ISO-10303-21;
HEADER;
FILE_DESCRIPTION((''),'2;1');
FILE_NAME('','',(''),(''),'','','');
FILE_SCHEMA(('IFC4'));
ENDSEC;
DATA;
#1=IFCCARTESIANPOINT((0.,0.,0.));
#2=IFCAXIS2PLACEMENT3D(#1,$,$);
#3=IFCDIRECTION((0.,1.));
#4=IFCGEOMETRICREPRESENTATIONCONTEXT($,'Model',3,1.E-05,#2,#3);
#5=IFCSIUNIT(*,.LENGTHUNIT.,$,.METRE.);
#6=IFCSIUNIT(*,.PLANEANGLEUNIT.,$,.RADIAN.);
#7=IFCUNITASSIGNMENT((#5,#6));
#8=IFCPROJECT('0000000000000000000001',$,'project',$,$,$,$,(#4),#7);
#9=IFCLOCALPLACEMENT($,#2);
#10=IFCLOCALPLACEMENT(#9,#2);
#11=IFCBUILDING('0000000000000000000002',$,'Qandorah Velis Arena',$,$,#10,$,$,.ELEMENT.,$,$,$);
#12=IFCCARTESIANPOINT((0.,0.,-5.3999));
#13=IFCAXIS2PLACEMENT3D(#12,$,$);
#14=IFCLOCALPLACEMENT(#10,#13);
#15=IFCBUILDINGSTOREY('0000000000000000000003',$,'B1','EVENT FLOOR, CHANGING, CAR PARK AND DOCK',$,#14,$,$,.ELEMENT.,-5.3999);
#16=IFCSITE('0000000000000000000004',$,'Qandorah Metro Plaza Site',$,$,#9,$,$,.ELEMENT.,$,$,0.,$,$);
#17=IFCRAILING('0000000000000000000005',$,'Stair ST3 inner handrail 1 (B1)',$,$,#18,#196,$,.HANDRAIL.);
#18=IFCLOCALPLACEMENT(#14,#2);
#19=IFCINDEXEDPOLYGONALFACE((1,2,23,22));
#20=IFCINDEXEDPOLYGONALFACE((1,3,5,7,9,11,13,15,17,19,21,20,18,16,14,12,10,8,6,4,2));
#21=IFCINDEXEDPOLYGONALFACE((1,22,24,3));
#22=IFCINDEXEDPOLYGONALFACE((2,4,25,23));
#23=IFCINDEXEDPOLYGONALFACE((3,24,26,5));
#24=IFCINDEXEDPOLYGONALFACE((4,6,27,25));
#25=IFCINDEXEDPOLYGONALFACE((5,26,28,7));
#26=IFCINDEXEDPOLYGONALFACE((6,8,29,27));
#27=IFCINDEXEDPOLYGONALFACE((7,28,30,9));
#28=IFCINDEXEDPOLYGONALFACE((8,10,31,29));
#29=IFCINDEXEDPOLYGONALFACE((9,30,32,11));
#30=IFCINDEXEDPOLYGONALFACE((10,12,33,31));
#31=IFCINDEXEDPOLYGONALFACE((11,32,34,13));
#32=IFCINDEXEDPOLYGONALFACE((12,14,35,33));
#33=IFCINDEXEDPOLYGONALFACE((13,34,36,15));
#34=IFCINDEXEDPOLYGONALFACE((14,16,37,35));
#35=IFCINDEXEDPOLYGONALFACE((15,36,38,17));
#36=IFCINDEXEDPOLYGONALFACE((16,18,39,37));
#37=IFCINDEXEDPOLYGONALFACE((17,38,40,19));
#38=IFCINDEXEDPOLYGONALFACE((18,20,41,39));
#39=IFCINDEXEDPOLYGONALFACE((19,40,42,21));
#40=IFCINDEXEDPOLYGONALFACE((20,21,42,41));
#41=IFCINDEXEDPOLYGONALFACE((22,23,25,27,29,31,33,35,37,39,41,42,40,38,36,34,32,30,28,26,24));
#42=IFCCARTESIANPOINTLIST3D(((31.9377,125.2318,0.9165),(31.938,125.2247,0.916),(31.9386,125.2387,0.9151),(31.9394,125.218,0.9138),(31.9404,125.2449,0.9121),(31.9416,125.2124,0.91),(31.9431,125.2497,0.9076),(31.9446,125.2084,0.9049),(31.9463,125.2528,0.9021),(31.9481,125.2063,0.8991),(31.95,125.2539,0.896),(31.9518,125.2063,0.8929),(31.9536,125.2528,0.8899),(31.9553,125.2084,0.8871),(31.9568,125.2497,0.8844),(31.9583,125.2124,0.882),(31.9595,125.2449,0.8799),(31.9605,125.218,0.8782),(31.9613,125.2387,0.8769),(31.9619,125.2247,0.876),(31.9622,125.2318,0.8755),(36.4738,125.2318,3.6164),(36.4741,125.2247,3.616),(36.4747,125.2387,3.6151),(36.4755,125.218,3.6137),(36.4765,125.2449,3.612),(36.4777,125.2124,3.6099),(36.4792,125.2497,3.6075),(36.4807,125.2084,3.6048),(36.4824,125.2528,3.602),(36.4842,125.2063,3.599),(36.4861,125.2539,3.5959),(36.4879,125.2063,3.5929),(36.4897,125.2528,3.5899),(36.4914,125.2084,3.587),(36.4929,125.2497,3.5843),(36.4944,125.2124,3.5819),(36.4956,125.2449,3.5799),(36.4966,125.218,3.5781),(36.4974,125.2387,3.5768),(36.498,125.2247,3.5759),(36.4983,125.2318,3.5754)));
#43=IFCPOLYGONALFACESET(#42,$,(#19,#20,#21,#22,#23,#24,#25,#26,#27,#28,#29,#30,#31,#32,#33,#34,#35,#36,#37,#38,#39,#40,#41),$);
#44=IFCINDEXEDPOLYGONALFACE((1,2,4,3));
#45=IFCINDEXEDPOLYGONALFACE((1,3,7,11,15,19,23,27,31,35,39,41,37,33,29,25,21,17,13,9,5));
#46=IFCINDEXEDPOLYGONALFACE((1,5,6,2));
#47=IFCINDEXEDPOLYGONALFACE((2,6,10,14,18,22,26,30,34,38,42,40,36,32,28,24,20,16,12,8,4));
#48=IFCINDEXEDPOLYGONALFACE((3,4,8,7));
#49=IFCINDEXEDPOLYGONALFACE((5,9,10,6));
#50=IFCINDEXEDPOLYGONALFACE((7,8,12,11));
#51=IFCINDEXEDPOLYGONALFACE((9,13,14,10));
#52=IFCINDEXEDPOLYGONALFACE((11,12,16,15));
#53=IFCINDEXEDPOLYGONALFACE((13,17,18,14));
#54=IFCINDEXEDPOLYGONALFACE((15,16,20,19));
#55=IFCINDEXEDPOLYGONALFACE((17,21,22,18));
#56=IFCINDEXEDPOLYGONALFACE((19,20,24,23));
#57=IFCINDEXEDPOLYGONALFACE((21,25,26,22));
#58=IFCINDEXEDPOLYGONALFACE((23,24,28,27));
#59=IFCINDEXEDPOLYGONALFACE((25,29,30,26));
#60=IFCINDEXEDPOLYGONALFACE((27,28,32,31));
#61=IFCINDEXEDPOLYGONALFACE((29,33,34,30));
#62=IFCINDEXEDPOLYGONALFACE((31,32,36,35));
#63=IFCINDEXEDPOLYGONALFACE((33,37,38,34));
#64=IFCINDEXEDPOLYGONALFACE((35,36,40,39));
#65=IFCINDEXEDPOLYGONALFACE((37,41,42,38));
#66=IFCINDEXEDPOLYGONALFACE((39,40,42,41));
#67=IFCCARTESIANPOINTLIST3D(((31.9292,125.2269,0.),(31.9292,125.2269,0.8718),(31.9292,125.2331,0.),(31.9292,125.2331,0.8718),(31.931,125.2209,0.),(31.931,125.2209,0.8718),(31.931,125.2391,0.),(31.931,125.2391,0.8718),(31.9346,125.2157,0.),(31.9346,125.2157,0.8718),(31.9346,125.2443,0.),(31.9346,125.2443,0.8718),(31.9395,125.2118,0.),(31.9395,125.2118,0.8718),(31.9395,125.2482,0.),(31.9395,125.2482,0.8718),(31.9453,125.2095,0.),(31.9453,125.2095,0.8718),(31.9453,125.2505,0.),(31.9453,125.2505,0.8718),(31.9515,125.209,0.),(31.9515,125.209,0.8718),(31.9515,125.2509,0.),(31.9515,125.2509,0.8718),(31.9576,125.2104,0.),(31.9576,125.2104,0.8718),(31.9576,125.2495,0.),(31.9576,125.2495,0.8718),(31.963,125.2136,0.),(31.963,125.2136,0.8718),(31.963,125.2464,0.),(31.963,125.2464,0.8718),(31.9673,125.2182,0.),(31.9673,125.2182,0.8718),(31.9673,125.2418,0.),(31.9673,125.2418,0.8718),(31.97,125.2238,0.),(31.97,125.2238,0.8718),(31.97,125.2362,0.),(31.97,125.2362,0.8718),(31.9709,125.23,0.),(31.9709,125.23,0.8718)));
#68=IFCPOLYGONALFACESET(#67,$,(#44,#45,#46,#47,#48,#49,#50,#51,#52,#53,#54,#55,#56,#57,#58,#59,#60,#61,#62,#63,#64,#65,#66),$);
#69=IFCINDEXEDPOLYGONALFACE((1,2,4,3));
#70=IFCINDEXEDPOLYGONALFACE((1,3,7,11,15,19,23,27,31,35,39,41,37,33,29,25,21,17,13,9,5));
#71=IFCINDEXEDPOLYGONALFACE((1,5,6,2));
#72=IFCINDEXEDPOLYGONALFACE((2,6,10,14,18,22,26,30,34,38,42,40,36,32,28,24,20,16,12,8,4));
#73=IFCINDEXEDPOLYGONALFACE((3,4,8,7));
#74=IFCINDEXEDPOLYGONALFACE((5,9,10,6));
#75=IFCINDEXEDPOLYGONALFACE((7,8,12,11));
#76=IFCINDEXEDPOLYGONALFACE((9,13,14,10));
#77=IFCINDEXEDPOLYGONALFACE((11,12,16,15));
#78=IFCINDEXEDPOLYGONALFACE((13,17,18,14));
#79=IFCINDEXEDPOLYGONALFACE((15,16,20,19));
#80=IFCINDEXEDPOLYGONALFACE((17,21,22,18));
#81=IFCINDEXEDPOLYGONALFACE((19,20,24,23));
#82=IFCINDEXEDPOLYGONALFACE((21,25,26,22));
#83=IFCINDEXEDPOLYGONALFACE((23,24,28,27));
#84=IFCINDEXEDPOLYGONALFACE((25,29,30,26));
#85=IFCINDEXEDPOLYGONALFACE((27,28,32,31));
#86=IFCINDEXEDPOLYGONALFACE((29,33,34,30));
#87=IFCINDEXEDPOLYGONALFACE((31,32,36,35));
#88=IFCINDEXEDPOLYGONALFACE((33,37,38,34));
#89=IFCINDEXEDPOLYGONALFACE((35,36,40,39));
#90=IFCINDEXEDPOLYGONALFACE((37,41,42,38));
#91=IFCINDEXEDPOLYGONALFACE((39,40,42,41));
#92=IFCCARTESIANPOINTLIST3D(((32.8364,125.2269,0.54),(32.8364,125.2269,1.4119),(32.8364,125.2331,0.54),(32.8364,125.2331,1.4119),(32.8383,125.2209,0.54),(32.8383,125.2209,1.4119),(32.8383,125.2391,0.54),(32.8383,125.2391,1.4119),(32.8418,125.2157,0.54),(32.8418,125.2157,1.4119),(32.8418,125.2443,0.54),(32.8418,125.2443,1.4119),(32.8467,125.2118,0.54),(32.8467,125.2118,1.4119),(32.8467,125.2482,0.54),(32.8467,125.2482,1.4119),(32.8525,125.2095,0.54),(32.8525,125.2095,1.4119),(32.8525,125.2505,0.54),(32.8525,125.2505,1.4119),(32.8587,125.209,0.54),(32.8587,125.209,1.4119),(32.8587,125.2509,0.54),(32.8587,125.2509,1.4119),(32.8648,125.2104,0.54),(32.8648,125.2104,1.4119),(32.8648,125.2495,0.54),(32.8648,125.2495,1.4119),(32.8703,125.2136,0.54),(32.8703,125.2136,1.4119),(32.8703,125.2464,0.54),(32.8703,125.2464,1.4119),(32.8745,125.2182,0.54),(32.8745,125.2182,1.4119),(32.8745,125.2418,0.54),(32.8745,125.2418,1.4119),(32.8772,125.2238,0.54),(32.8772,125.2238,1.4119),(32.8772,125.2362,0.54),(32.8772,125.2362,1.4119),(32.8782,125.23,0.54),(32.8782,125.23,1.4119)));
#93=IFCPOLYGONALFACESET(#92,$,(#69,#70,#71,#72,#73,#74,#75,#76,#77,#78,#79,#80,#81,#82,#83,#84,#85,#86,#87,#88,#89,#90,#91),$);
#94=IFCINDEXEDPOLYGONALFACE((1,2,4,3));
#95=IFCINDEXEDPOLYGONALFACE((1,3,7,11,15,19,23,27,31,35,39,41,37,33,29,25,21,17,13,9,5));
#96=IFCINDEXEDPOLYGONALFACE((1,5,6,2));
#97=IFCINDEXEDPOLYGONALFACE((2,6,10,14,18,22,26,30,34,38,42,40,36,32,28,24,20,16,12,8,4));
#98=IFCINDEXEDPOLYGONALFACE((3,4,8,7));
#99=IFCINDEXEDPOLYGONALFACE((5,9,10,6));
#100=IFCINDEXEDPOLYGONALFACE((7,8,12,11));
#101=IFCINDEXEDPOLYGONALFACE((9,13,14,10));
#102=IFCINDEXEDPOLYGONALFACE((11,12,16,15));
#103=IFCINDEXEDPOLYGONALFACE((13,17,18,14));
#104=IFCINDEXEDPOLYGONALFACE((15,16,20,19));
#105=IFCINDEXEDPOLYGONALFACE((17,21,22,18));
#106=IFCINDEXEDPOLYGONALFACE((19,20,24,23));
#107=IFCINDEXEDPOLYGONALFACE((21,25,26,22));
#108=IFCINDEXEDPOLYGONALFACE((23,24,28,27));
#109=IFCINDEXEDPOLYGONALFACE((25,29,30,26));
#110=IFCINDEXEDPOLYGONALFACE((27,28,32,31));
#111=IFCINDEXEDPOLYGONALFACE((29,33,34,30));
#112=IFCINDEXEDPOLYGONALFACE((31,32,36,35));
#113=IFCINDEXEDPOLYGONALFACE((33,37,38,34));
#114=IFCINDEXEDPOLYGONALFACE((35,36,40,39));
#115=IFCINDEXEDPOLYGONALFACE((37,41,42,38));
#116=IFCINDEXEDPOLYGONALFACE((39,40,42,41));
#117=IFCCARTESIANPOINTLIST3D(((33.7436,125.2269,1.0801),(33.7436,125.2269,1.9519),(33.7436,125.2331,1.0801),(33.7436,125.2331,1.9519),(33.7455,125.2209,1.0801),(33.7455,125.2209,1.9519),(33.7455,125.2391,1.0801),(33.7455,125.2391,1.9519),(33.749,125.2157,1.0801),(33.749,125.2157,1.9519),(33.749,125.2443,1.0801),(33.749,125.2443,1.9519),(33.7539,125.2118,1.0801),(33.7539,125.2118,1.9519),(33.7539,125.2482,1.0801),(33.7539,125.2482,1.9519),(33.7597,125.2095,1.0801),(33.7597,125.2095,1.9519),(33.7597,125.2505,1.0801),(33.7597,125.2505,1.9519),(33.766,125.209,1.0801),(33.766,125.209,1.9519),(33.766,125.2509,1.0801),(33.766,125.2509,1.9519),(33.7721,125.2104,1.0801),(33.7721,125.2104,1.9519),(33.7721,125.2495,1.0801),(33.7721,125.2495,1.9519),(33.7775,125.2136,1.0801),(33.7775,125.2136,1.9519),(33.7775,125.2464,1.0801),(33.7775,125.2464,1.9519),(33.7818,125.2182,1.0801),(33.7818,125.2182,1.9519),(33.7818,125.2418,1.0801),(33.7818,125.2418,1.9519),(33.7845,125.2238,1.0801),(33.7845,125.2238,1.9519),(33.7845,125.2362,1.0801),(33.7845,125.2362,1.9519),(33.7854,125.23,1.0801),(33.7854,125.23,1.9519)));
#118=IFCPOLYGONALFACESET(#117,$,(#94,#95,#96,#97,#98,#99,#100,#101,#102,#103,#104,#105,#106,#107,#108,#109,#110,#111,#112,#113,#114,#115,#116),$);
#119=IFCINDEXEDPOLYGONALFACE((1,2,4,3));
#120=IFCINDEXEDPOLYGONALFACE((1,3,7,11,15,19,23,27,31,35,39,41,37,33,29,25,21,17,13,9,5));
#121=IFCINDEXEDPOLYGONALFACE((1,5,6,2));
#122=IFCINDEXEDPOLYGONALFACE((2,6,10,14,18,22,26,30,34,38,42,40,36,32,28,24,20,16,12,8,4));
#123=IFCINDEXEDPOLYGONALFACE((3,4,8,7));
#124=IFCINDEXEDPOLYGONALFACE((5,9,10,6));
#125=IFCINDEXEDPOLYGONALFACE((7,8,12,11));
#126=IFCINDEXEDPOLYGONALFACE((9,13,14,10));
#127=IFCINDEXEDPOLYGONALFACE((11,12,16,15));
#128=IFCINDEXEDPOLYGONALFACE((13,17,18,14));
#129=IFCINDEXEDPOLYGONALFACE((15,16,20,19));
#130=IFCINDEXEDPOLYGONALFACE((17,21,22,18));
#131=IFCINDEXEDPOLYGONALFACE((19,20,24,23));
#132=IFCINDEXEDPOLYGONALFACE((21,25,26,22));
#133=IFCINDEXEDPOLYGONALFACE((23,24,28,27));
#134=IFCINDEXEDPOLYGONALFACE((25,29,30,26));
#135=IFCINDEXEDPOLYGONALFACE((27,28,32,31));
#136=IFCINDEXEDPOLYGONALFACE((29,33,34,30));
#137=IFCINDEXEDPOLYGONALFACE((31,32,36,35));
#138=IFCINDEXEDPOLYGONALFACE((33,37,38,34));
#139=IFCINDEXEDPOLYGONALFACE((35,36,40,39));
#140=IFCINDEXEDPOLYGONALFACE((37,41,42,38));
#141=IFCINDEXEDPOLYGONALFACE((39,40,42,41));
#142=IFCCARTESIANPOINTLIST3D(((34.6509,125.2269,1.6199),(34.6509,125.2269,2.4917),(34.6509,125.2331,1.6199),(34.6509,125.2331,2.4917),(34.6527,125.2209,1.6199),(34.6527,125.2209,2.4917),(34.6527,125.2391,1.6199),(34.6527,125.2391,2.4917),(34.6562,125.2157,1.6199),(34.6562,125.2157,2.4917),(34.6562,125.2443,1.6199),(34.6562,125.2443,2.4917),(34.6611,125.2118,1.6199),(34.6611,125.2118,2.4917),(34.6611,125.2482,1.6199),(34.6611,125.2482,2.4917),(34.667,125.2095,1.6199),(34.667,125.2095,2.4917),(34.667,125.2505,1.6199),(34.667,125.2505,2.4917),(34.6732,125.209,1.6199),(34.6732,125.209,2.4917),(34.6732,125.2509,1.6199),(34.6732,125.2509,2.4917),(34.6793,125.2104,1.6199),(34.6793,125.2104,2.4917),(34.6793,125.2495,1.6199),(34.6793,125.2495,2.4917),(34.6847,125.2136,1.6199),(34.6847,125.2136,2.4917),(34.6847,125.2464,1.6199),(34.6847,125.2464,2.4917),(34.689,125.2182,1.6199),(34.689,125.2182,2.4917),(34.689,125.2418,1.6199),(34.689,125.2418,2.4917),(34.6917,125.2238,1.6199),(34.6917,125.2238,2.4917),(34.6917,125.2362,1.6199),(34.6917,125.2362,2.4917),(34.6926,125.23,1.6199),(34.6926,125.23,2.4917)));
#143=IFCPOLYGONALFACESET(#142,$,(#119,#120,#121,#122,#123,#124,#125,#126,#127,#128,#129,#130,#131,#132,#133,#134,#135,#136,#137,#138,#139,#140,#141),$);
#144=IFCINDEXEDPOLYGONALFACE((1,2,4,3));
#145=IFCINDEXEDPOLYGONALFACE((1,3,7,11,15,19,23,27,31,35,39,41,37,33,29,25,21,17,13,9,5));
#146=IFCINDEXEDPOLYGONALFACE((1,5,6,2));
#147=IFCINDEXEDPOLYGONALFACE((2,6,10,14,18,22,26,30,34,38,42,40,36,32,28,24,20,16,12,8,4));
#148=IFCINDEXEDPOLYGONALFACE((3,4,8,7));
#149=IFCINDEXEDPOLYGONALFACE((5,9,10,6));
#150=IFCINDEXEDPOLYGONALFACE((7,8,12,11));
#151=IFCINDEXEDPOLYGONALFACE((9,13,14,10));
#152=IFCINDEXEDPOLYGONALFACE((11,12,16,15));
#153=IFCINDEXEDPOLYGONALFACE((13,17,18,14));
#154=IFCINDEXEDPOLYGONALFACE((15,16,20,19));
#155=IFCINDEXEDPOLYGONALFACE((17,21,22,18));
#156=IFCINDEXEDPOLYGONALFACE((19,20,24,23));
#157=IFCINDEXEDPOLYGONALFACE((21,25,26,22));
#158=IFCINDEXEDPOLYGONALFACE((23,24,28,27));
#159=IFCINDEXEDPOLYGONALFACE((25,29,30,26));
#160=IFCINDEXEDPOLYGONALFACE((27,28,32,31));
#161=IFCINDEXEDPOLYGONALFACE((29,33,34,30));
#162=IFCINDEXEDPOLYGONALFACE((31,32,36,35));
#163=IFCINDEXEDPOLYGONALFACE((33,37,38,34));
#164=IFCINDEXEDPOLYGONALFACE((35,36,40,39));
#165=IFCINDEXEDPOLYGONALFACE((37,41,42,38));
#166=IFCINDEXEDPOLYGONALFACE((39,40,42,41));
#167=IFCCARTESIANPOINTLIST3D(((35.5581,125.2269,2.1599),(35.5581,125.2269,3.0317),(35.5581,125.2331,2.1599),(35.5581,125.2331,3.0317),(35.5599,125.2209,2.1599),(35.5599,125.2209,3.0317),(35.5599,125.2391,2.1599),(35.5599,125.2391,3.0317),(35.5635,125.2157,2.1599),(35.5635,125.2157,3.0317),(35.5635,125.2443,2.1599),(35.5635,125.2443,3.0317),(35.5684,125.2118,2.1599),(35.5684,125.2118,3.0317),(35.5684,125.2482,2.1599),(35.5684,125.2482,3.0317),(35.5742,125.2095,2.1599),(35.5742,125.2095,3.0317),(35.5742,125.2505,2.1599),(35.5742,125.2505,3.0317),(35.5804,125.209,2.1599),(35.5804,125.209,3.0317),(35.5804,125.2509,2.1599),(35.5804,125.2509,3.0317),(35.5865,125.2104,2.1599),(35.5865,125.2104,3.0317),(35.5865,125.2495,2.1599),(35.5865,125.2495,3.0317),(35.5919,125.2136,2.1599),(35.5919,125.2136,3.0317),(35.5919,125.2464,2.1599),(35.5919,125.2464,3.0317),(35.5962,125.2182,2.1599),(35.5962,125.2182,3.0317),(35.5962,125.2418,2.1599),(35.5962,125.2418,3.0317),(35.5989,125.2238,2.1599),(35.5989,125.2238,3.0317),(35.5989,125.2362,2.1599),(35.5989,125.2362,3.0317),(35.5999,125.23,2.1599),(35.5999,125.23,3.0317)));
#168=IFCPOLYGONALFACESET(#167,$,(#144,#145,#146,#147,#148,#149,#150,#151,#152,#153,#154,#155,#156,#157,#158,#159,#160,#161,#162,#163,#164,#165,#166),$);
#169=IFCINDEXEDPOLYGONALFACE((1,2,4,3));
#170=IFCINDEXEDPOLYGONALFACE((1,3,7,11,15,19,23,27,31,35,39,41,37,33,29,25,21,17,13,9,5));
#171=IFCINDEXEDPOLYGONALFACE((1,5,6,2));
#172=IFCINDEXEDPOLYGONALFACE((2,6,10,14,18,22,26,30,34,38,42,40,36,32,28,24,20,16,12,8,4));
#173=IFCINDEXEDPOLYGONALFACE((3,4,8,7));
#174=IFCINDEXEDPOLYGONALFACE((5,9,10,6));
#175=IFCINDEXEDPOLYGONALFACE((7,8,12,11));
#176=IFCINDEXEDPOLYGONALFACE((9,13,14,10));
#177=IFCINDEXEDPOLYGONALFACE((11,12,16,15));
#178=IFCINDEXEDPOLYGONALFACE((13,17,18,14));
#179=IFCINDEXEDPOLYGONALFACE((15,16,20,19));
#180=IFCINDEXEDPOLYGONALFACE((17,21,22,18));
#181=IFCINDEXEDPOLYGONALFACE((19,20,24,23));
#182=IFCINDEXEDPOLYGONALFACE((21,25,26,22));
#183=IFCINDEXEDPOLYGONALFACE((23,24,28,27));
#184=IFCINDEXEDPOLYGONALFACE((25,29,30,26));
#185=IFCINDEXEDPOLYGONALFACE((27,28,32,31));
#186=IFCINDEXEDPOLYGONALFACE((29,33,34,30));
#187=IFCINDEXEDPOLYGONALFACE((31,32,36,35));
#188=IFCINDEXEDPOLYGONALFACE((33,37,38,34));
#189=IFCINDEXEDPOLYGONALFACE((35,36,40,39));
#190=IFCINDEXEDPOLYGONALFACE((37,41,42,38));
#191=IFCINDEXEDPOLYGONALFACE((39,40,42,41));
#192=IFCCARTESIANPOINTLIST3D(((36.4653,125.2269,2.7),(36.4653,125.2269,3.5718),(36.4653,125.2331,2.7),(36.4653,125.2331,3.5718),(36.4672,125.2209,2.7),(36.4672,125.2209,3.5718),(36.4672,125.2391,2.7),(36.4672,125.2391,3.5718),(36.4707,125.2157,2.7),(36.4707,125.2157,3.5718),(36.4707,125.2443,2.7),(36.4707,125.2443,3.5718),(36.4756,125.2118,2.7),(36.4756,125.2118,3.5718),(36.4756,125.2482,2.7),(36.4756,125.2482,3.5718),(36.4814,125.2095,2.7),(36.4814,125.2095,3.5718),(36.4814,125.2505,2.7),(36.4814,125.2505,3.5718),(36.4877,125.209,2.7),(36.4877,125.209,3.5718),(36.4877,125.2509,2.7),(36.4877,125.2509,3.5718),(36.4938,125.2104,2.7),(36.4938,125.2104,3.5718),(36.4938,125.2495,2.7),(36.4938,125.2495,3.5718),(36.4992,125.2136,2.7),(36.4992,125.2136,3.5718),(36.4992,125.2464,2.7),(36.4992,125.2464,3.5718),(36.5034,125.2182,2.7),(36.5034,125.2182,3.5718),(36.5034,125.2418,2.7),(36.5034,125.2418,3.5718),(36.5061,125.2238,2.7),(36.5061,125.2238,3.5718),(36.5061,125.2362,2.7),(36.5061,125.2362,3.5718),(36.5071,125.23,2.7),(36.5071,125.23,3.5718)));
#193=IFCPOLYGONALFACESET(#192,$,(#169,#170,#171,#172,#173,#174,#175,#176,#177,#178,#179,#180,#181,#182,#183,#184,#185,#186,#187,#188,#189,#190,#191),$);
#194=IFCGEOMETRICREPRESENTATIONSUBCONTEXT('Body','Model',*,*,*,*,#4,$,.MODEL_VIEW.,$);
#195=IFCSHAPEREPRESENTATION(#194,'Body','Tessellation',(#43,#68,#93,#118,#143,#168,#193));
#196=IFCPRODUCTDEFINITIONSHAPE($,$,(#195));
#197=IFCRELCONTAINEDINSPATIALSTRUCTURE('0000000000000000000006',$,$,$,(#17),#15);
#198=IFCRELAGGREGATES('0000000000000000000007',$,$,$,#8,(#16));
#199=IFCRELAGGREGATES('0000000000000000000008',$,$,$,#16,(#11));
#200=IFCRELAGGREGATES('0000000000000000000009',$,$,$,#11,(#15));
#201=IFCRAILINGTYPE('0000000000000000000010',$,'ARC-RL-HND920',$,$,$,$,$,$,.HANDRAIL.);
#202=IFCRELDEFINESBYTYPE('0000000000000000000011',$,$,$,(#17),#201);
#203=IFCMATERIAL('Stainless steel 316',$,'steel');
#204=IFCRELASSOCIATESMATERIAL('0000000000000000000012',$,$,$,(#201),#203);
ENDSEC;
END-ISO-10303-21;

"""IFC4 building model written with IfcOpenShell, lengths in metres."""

from ifc_helpers import new_model, si_unit, direction, frame, origin, origin_2d, place, context, subcontext, project, spatial, circle, extrude, material, type_object, element, save


model = new_model("IFC4")

# Units and contexts
model_context = context("Model", 3, precision=1e-05, world=origin(), true_north=direction((0.0, 1.0)))
body_context = subcontext(model_context, "Body", "Model", "MODEL_VIEW")
ifc_project = project(units=[si_unit("LENGTHUNIT", "METRE"), si_unit("PLANEANGLEUNIT", "RADIAN")], contexts=[model_context])

# Site, building, storey
site_placement = place(None, origin())
site = spatial("IfcSite", under=ifc_project, at=site_placement, Name="Qandorah Metro Plaza Site", CompositionType="ELEMENT", RefElevation=0.0)
building_placement = place(site_placement, origin())
building = spatial("IfcBuilding", under=site, at=building_placement, Name="Qandorah Velis Arena", CompositionType="ELEMENT")
storey_placement = place(building_placement, frame((0.0, 0.0, -5.3999)))
storey = spatial("IfcBuildingStorey", under=building, at=storey_placement, Name="B1", Description="EVENT FLOOR, CHANGING, CAR PARK AND DOCK", CompositionType="ELEMENT", Elevation=-5.3999)

# Railing
ifc_material_1 = material(Name="Stainless steel 316", Category="steel")
railing_type_1 = type_object("IfcRailingType", Name="ARC-RL-HND920", PredefinedType="HANDRAIL", material=ifc_material_1)
railing_1_placement = place(storey_placement, frame((31.95, 125.23, 0.0)))
element("IfcRailing", 1, at=railing_1_placement, inside=storey, type_object=railing_type_1, Name="Stair ST3 inner handrail 1 (B1)", PredefinedType="HANDRAIL", context=body_context, shape_type="SweptSolid", body=[
    extrude(circle(Radius=0.0239, at=origin_2d()), frame((0.0, 0.0, 0.896), z_axis=(0.859304, 0.0, 0.511466), x_axis=(0.0, 1.0, 0.0)), (0.0, 0.0, 1.0), 5.2788),
    extrude(circle(Radius=0.021, at=origin_2d()), origin(), (0.0, 0.0, 1.0), 0.8718),
    extrude(circle(Radius=0.021, at=origin_2d()), frame((0.9072, 0.0, 0.54)), (0.0, 0.0, 1.0), 0.8718),
    extrude(circle(Radius=0.021, at=origin_2d()), frame((1.8145, 0.0, 1.0801)), (0.0, 0.0, 1.0), 0.8718),
    extrude(circle(Radius=0.021, at=origin_2d()), frame((2.7217, 0.0, 1.6199)), (0.0, 0.0, 1.0), 0.8718),
    extrude(circle(Radius=0.021, at=origin_2d()), frame((3.6289, 0.0, 2.1599)), (0.0, 0.0, 1.0), 0.8718),
    extrude(circle(Radius=0.021, at=origin_2d()), frame((4.5361, 0.0, 2.7)), (0.0, 0.0, 1.0), 0.8718),
])

save(model, "model.ifc")
